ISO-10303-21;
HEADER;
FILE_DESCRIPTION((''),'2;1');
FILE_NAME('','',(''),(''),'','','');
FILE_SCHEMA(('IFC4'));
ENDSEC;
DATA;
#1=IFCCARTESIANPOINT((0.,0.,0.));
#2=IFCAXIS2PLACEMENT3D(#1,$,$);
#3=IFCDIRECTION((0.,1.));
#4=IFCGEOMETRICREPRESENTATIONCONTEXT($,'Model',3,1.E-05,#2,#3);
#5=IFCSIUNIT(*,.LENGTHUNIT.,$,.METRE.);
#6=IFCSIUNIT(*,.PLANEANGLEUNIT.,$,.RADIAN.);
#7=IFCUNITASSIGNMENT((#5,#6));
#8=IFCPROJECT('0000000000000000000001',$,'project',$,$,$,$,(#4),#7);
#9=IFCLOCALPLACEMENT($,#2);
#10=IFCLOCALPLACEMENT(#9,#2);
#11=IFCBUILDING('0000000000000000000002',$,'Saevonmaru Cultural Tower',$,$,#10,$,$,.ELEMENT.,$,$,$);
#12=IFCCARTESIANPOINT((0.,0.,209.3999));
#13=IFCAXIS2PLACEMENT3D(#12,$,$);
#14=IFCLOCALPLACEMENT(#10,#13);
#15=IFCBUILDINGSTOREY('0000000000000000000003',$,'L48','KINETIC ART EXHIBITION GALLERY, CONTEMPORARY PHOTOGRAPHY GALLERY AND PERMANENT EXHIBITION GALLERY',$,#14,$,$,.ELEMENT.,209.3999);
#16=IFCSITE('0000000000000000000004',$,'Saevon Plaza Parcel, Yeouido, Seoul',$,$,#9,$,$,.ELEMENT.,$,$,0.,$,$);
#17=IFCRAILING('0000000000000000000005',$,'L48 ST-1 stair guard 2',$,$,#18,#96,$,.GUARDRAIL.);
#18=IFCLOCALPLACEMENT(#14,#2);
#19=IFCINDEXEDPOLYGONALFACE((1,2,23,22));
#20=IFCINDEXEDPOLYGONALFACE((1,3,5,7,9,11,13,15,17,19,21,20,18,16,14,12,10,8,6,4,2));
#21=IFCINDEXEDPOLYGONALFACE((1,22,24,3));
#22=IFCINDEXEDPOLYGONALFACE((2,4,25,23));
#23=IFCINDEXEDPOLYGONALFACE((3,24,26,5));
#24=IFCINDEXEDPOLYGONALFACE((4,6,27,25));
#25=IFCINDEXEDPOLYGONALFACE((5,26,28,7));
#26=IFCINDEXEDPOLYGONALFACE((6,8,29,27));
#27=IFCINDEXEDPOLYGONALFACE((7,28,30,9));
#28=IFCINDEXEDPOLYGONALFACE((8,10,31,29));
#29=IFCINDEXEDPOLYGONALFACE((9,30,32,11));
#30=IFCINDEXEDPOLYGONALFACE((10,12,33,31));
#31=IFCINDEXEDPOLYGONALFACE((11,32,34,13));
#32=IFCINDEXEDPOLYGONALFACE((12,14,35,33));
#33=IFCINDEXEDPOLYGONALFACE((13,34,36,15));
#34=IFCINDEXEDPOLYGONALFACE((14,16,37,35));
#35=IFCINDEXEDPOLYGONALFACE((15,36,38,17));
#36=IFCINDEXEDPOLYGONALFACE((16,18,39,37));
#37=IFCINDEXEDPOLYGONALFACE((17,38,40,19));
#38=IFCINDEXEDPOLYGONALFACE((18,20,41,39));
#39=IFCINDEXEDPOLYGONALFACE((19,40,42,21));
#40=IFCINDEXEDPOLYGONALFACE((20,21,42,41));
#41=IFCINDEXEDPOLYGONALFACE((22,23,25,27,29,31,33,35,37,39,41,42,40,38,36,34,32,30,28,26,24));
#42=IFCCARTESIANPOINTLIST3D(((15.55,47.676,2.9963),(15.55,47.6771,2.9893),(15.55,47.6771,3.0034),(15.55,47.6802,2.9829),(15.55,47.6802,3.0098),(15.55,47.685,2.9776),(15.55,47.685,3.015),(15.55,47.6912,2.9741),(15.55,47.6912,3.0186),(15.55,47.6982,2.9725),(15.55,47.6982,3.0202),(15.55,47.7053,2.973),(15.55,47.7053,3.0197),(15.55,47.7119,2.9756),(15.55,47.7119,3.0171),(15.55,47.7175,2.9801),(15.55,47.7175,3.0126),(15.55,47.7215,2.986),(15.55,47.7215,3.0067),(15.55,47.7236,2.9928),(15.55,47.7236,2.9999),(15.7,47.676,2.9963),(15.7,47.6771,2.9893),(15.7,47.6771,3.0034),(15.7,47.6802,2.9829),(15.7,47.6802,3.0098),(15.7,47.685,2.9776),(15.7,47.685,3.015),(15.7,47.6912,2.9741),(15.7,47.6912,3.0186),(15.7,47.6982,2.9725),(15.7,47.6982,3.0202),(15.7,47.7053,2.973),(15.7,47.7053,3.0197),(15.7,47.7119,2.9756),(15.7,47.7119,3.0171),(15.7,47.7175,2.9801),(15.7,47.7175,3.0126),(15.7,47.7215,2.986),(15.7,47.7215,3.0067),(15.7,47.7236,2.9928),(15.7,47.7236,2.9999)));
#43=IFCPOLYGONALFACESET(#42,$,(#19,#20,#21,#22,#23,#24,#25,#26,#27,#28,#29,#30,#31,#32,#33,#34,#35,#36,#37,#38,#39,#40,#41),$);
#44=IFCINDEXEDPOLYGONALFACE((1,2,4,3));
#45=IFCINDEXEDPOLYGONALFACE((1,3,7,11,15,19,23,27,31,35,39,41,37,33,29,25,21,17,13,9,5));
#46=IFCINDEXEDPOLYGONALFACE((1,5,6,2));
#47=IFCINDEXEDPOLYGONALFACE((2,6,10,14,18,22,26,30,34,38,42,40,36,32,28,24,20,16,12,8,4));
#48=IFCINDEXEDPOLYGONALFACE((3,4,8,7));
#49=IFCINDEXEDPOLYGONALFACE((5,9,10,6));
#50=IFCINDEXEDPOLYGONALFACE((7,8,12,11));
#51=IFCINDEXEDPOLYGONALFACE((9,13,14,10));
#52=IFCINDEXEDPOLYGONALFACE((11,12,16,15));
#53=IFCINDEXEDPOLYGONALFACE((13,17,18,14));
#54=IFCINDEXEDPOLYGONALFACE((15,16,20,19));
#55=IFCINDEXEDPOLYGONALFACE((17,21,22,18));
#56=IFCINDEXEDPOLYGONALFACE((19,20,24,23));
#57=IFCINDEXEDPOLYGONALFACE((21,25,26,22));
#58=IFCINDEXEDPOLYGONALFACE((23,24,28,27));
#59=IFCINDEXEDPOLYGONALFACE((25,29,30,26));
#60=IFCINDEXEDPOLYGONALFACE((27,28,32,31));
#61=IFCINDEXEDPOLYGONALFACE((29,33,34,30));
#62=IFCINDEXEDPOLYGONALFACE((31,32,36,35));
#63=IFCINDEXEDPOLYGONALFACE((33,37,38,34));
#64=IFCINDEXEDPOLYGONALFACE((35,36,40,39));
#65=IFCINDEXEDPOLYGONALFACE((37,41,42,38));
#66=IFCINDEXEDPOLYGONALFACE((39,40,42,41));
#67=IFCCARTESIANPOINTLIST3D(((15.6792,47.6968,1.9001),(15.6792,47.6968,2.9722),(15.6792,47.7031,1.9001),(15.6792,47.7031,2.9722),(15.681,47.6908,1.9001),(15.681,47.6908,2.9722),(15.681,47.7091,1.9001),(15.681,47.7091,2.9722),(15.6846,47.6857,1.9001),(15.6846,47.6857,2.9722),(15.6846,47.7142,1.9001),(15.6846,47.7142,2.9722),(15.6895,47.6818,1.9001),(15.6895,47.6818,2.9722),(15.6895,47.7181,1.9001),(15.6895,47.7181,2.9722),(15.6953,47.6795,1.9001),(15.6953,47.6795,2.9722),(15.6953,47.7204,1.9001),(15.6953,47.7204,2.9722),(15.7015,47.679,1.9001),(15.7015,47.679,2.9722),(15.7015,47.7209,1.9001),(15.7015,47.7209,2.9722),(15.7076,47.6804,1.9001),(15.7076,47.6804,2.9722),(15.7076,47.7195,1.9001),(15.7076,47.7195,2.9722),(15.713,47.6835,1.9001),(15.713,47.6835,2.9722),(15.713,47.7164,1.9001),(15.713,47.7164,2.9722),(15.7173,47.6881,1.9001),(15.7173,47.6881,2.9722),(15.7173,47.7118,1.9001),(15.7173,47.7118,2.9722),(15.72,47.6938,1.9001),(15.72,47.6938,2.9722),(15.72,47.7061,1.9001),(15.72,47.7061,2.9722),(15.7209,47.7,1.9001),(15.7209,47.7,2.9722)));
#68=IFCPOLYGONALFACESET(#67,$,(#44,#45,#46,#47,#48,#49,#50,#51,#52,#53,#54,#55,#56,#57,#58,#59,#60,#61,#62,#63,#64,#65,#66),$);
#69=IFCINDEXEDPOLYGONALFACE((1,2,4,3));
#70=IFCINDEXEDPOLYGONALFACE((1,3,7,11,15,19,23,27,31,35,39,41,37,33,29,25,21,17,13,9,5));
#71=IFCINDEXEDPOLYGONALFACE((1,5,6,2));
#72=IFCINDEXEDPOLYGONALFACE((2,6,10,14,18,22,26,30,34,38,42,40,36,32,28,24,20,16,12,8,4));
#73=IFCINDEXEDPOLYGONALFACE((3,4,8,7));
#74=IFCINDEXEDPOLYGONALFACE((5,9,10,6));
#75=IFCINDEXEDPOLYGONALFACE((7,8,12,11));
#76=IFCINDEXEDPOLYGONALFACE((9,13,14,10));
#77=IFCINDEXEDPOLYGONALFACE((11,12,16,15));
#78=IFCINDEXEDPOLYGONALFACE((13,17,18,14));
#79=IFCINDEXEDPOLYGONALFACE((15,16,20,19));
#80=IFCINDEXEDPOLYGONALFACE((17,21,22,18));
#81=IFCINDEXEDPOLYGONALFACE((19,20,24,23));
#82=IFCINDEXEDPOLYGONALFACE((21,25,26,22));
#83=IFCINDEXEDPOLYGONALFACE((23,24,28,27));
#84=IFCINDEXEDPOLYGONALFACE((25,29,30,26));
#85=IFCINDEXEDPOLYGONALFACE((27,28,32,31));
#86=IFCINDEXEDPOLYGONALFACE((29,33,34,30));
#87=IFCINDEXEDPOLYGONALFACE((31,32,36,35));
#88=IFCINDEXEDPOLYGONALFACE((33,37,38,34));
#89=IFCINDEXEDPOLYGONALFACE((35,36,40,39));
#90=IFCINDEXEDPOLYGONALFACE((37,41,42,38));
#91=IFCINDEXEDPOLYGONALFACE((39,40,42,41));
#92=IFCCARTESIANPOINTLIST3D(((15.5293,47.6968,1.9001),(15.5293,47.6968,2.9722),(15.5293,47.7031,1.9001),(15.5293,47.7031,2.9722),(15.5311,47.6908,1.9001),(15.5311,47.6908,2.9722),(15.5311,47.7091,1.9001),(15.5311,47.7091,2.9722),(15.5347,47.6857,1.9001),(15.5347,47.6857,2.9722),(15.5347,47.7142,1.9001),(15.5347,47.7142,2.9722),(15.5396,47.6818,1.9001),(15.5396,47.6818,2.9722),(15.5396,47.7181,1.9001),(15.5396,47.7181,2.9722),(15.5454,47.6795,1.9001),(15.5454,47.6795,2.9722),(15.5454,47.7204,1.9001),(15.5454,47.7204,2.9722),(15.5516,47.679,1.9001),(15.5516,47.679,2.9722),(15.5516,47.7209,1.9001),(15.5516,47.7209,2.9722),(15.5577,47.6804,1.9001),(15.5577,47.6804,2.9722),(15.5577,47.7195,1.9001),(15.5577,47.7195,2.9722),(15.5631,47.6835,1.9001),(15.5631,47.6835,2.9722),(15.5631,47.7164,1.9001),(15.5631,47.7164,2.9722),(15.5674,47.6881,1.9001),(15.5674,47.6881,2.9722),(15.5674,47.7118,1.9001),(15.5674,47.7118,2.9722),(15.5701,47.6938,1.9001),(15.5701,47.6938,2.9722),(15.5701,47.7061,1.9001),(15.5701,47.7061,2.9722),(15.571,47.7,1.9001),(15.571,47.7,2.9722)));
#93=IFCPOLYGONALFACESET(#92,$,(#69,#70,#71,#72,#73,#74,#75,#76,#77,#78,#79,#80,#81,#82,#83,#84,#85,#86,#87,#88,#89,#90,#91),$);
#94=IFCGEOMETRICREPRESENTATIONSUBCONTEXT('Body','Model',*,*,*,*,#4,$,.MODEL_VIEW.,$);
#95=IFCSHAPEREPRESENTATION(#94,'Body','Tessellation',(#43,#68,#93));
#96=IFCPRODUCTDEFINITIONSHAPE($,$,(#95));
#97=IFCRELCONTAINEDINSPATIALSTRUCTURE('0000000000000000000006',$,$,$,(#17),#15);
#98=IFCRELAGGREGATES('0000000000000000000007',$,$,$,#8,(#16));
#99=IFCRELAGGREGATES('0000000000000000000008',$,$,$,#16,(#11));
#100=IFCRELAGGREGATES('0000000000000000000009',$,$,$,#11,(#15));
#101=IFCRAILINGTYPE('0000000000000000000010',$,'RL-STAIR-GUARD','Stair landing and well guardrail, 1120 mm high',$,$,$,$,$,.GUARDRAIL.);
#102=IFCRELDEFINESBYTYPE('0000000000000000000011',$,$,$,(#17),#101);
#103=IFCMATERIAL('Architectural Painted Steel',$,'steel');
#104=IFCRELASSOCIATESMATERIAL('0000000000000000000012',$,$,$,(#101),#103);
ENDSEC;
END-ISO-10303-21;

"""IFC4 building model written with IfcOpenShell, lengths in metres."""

from ifc_helpers import new_model, si_unit, direction, frame, origin, origin_2d, place, context, subcontext, project, spatial, circle, extrude, material, type_object, element, save


model = new_model("IFC4")

# Units and contexts
model_context = context("Model", 3, precision=1e-05, world=origin(), true_north=direction((0.0, 1.0)))
body_context = subcontext(model_context, "Body", "Model", "MODEL_VIEW")
ifc_project = project(units=[si_unit("LENGTHUNIT", "METRE"), si_unit("PLANEANGLEUNIT", "RADIAN")], contexts=[model_context])

# Site, building, storey
site_placement = place(None, origin())
site = spatial("IfcSite", under=ifc_project, at=site_placement, Name="Saevon Plaza Parcel, Yeouido, Seoul", CompositionType="ELEMENT", RefElevation=0.0)
building_placement = place(site_placement, origin())
building = spatial("IfcBuilding", under=site, at=building_placement, Name="Saevonmaru Cultural Tower", CompositionType="ELEMENT")
storey_placement = place(building_placement, frame((0.0, 0.0, 209.3999)))
storey = spatial("IfcBuildingStorey", under=building, at=storey_placement, Name="L48", Description="KINETIC ART EXHIBITION GALLERY, CONTEMPORARY PHOTOGRAPHY GALLERY AND PERMANENT EXHIBITION GALLERY", CompositionType="ELEMENT", Elevation=209.3999)

# Railing
ifc_material_1 = material(Name="Architectural Painted Steel", Category="steel")
railing_type_1 = type_object("IfcRailingType", Name="RL-STAIR-GUARD", Description="Stair landing and well guardrail, 1120 mm high", PredefinedType="GUARDRAIL", material=ifc_material_1)
railing_1_placement = place(storey_placement, frame((15.7, 47.7, 1.9001)))
element("IfcRailing", 1, at=railing_1_placement, inside=storey, type_object=railing_type_1, Name="L48 ST-1 stair guard 2", PredefinedType="GUARDRAIL", context=body_context, shape_type="SweptSolid", body=[
    extrude(circle(Radius=0.0239, at=origin_2d()), frame((0.0, 0.0, 1.0962), z_axis=(-1.0, 0.0, 0.0), x_axis=(0.0, -1.0, 0.0)), (0.0, 0.0, 1.0), 0.1499),
    extrude(circle(Radius=0.021, at=origin_2d()), origin(), (0.0, 0.0, 1.0), 1.072),
    extrude(circle(Radius=0.021, at=origin_2d()), frame((-0.1499, 0.0, 0.0)), (0.0, 0.0, 1.0), 1.072),
])

save(model, "model.ifc")
